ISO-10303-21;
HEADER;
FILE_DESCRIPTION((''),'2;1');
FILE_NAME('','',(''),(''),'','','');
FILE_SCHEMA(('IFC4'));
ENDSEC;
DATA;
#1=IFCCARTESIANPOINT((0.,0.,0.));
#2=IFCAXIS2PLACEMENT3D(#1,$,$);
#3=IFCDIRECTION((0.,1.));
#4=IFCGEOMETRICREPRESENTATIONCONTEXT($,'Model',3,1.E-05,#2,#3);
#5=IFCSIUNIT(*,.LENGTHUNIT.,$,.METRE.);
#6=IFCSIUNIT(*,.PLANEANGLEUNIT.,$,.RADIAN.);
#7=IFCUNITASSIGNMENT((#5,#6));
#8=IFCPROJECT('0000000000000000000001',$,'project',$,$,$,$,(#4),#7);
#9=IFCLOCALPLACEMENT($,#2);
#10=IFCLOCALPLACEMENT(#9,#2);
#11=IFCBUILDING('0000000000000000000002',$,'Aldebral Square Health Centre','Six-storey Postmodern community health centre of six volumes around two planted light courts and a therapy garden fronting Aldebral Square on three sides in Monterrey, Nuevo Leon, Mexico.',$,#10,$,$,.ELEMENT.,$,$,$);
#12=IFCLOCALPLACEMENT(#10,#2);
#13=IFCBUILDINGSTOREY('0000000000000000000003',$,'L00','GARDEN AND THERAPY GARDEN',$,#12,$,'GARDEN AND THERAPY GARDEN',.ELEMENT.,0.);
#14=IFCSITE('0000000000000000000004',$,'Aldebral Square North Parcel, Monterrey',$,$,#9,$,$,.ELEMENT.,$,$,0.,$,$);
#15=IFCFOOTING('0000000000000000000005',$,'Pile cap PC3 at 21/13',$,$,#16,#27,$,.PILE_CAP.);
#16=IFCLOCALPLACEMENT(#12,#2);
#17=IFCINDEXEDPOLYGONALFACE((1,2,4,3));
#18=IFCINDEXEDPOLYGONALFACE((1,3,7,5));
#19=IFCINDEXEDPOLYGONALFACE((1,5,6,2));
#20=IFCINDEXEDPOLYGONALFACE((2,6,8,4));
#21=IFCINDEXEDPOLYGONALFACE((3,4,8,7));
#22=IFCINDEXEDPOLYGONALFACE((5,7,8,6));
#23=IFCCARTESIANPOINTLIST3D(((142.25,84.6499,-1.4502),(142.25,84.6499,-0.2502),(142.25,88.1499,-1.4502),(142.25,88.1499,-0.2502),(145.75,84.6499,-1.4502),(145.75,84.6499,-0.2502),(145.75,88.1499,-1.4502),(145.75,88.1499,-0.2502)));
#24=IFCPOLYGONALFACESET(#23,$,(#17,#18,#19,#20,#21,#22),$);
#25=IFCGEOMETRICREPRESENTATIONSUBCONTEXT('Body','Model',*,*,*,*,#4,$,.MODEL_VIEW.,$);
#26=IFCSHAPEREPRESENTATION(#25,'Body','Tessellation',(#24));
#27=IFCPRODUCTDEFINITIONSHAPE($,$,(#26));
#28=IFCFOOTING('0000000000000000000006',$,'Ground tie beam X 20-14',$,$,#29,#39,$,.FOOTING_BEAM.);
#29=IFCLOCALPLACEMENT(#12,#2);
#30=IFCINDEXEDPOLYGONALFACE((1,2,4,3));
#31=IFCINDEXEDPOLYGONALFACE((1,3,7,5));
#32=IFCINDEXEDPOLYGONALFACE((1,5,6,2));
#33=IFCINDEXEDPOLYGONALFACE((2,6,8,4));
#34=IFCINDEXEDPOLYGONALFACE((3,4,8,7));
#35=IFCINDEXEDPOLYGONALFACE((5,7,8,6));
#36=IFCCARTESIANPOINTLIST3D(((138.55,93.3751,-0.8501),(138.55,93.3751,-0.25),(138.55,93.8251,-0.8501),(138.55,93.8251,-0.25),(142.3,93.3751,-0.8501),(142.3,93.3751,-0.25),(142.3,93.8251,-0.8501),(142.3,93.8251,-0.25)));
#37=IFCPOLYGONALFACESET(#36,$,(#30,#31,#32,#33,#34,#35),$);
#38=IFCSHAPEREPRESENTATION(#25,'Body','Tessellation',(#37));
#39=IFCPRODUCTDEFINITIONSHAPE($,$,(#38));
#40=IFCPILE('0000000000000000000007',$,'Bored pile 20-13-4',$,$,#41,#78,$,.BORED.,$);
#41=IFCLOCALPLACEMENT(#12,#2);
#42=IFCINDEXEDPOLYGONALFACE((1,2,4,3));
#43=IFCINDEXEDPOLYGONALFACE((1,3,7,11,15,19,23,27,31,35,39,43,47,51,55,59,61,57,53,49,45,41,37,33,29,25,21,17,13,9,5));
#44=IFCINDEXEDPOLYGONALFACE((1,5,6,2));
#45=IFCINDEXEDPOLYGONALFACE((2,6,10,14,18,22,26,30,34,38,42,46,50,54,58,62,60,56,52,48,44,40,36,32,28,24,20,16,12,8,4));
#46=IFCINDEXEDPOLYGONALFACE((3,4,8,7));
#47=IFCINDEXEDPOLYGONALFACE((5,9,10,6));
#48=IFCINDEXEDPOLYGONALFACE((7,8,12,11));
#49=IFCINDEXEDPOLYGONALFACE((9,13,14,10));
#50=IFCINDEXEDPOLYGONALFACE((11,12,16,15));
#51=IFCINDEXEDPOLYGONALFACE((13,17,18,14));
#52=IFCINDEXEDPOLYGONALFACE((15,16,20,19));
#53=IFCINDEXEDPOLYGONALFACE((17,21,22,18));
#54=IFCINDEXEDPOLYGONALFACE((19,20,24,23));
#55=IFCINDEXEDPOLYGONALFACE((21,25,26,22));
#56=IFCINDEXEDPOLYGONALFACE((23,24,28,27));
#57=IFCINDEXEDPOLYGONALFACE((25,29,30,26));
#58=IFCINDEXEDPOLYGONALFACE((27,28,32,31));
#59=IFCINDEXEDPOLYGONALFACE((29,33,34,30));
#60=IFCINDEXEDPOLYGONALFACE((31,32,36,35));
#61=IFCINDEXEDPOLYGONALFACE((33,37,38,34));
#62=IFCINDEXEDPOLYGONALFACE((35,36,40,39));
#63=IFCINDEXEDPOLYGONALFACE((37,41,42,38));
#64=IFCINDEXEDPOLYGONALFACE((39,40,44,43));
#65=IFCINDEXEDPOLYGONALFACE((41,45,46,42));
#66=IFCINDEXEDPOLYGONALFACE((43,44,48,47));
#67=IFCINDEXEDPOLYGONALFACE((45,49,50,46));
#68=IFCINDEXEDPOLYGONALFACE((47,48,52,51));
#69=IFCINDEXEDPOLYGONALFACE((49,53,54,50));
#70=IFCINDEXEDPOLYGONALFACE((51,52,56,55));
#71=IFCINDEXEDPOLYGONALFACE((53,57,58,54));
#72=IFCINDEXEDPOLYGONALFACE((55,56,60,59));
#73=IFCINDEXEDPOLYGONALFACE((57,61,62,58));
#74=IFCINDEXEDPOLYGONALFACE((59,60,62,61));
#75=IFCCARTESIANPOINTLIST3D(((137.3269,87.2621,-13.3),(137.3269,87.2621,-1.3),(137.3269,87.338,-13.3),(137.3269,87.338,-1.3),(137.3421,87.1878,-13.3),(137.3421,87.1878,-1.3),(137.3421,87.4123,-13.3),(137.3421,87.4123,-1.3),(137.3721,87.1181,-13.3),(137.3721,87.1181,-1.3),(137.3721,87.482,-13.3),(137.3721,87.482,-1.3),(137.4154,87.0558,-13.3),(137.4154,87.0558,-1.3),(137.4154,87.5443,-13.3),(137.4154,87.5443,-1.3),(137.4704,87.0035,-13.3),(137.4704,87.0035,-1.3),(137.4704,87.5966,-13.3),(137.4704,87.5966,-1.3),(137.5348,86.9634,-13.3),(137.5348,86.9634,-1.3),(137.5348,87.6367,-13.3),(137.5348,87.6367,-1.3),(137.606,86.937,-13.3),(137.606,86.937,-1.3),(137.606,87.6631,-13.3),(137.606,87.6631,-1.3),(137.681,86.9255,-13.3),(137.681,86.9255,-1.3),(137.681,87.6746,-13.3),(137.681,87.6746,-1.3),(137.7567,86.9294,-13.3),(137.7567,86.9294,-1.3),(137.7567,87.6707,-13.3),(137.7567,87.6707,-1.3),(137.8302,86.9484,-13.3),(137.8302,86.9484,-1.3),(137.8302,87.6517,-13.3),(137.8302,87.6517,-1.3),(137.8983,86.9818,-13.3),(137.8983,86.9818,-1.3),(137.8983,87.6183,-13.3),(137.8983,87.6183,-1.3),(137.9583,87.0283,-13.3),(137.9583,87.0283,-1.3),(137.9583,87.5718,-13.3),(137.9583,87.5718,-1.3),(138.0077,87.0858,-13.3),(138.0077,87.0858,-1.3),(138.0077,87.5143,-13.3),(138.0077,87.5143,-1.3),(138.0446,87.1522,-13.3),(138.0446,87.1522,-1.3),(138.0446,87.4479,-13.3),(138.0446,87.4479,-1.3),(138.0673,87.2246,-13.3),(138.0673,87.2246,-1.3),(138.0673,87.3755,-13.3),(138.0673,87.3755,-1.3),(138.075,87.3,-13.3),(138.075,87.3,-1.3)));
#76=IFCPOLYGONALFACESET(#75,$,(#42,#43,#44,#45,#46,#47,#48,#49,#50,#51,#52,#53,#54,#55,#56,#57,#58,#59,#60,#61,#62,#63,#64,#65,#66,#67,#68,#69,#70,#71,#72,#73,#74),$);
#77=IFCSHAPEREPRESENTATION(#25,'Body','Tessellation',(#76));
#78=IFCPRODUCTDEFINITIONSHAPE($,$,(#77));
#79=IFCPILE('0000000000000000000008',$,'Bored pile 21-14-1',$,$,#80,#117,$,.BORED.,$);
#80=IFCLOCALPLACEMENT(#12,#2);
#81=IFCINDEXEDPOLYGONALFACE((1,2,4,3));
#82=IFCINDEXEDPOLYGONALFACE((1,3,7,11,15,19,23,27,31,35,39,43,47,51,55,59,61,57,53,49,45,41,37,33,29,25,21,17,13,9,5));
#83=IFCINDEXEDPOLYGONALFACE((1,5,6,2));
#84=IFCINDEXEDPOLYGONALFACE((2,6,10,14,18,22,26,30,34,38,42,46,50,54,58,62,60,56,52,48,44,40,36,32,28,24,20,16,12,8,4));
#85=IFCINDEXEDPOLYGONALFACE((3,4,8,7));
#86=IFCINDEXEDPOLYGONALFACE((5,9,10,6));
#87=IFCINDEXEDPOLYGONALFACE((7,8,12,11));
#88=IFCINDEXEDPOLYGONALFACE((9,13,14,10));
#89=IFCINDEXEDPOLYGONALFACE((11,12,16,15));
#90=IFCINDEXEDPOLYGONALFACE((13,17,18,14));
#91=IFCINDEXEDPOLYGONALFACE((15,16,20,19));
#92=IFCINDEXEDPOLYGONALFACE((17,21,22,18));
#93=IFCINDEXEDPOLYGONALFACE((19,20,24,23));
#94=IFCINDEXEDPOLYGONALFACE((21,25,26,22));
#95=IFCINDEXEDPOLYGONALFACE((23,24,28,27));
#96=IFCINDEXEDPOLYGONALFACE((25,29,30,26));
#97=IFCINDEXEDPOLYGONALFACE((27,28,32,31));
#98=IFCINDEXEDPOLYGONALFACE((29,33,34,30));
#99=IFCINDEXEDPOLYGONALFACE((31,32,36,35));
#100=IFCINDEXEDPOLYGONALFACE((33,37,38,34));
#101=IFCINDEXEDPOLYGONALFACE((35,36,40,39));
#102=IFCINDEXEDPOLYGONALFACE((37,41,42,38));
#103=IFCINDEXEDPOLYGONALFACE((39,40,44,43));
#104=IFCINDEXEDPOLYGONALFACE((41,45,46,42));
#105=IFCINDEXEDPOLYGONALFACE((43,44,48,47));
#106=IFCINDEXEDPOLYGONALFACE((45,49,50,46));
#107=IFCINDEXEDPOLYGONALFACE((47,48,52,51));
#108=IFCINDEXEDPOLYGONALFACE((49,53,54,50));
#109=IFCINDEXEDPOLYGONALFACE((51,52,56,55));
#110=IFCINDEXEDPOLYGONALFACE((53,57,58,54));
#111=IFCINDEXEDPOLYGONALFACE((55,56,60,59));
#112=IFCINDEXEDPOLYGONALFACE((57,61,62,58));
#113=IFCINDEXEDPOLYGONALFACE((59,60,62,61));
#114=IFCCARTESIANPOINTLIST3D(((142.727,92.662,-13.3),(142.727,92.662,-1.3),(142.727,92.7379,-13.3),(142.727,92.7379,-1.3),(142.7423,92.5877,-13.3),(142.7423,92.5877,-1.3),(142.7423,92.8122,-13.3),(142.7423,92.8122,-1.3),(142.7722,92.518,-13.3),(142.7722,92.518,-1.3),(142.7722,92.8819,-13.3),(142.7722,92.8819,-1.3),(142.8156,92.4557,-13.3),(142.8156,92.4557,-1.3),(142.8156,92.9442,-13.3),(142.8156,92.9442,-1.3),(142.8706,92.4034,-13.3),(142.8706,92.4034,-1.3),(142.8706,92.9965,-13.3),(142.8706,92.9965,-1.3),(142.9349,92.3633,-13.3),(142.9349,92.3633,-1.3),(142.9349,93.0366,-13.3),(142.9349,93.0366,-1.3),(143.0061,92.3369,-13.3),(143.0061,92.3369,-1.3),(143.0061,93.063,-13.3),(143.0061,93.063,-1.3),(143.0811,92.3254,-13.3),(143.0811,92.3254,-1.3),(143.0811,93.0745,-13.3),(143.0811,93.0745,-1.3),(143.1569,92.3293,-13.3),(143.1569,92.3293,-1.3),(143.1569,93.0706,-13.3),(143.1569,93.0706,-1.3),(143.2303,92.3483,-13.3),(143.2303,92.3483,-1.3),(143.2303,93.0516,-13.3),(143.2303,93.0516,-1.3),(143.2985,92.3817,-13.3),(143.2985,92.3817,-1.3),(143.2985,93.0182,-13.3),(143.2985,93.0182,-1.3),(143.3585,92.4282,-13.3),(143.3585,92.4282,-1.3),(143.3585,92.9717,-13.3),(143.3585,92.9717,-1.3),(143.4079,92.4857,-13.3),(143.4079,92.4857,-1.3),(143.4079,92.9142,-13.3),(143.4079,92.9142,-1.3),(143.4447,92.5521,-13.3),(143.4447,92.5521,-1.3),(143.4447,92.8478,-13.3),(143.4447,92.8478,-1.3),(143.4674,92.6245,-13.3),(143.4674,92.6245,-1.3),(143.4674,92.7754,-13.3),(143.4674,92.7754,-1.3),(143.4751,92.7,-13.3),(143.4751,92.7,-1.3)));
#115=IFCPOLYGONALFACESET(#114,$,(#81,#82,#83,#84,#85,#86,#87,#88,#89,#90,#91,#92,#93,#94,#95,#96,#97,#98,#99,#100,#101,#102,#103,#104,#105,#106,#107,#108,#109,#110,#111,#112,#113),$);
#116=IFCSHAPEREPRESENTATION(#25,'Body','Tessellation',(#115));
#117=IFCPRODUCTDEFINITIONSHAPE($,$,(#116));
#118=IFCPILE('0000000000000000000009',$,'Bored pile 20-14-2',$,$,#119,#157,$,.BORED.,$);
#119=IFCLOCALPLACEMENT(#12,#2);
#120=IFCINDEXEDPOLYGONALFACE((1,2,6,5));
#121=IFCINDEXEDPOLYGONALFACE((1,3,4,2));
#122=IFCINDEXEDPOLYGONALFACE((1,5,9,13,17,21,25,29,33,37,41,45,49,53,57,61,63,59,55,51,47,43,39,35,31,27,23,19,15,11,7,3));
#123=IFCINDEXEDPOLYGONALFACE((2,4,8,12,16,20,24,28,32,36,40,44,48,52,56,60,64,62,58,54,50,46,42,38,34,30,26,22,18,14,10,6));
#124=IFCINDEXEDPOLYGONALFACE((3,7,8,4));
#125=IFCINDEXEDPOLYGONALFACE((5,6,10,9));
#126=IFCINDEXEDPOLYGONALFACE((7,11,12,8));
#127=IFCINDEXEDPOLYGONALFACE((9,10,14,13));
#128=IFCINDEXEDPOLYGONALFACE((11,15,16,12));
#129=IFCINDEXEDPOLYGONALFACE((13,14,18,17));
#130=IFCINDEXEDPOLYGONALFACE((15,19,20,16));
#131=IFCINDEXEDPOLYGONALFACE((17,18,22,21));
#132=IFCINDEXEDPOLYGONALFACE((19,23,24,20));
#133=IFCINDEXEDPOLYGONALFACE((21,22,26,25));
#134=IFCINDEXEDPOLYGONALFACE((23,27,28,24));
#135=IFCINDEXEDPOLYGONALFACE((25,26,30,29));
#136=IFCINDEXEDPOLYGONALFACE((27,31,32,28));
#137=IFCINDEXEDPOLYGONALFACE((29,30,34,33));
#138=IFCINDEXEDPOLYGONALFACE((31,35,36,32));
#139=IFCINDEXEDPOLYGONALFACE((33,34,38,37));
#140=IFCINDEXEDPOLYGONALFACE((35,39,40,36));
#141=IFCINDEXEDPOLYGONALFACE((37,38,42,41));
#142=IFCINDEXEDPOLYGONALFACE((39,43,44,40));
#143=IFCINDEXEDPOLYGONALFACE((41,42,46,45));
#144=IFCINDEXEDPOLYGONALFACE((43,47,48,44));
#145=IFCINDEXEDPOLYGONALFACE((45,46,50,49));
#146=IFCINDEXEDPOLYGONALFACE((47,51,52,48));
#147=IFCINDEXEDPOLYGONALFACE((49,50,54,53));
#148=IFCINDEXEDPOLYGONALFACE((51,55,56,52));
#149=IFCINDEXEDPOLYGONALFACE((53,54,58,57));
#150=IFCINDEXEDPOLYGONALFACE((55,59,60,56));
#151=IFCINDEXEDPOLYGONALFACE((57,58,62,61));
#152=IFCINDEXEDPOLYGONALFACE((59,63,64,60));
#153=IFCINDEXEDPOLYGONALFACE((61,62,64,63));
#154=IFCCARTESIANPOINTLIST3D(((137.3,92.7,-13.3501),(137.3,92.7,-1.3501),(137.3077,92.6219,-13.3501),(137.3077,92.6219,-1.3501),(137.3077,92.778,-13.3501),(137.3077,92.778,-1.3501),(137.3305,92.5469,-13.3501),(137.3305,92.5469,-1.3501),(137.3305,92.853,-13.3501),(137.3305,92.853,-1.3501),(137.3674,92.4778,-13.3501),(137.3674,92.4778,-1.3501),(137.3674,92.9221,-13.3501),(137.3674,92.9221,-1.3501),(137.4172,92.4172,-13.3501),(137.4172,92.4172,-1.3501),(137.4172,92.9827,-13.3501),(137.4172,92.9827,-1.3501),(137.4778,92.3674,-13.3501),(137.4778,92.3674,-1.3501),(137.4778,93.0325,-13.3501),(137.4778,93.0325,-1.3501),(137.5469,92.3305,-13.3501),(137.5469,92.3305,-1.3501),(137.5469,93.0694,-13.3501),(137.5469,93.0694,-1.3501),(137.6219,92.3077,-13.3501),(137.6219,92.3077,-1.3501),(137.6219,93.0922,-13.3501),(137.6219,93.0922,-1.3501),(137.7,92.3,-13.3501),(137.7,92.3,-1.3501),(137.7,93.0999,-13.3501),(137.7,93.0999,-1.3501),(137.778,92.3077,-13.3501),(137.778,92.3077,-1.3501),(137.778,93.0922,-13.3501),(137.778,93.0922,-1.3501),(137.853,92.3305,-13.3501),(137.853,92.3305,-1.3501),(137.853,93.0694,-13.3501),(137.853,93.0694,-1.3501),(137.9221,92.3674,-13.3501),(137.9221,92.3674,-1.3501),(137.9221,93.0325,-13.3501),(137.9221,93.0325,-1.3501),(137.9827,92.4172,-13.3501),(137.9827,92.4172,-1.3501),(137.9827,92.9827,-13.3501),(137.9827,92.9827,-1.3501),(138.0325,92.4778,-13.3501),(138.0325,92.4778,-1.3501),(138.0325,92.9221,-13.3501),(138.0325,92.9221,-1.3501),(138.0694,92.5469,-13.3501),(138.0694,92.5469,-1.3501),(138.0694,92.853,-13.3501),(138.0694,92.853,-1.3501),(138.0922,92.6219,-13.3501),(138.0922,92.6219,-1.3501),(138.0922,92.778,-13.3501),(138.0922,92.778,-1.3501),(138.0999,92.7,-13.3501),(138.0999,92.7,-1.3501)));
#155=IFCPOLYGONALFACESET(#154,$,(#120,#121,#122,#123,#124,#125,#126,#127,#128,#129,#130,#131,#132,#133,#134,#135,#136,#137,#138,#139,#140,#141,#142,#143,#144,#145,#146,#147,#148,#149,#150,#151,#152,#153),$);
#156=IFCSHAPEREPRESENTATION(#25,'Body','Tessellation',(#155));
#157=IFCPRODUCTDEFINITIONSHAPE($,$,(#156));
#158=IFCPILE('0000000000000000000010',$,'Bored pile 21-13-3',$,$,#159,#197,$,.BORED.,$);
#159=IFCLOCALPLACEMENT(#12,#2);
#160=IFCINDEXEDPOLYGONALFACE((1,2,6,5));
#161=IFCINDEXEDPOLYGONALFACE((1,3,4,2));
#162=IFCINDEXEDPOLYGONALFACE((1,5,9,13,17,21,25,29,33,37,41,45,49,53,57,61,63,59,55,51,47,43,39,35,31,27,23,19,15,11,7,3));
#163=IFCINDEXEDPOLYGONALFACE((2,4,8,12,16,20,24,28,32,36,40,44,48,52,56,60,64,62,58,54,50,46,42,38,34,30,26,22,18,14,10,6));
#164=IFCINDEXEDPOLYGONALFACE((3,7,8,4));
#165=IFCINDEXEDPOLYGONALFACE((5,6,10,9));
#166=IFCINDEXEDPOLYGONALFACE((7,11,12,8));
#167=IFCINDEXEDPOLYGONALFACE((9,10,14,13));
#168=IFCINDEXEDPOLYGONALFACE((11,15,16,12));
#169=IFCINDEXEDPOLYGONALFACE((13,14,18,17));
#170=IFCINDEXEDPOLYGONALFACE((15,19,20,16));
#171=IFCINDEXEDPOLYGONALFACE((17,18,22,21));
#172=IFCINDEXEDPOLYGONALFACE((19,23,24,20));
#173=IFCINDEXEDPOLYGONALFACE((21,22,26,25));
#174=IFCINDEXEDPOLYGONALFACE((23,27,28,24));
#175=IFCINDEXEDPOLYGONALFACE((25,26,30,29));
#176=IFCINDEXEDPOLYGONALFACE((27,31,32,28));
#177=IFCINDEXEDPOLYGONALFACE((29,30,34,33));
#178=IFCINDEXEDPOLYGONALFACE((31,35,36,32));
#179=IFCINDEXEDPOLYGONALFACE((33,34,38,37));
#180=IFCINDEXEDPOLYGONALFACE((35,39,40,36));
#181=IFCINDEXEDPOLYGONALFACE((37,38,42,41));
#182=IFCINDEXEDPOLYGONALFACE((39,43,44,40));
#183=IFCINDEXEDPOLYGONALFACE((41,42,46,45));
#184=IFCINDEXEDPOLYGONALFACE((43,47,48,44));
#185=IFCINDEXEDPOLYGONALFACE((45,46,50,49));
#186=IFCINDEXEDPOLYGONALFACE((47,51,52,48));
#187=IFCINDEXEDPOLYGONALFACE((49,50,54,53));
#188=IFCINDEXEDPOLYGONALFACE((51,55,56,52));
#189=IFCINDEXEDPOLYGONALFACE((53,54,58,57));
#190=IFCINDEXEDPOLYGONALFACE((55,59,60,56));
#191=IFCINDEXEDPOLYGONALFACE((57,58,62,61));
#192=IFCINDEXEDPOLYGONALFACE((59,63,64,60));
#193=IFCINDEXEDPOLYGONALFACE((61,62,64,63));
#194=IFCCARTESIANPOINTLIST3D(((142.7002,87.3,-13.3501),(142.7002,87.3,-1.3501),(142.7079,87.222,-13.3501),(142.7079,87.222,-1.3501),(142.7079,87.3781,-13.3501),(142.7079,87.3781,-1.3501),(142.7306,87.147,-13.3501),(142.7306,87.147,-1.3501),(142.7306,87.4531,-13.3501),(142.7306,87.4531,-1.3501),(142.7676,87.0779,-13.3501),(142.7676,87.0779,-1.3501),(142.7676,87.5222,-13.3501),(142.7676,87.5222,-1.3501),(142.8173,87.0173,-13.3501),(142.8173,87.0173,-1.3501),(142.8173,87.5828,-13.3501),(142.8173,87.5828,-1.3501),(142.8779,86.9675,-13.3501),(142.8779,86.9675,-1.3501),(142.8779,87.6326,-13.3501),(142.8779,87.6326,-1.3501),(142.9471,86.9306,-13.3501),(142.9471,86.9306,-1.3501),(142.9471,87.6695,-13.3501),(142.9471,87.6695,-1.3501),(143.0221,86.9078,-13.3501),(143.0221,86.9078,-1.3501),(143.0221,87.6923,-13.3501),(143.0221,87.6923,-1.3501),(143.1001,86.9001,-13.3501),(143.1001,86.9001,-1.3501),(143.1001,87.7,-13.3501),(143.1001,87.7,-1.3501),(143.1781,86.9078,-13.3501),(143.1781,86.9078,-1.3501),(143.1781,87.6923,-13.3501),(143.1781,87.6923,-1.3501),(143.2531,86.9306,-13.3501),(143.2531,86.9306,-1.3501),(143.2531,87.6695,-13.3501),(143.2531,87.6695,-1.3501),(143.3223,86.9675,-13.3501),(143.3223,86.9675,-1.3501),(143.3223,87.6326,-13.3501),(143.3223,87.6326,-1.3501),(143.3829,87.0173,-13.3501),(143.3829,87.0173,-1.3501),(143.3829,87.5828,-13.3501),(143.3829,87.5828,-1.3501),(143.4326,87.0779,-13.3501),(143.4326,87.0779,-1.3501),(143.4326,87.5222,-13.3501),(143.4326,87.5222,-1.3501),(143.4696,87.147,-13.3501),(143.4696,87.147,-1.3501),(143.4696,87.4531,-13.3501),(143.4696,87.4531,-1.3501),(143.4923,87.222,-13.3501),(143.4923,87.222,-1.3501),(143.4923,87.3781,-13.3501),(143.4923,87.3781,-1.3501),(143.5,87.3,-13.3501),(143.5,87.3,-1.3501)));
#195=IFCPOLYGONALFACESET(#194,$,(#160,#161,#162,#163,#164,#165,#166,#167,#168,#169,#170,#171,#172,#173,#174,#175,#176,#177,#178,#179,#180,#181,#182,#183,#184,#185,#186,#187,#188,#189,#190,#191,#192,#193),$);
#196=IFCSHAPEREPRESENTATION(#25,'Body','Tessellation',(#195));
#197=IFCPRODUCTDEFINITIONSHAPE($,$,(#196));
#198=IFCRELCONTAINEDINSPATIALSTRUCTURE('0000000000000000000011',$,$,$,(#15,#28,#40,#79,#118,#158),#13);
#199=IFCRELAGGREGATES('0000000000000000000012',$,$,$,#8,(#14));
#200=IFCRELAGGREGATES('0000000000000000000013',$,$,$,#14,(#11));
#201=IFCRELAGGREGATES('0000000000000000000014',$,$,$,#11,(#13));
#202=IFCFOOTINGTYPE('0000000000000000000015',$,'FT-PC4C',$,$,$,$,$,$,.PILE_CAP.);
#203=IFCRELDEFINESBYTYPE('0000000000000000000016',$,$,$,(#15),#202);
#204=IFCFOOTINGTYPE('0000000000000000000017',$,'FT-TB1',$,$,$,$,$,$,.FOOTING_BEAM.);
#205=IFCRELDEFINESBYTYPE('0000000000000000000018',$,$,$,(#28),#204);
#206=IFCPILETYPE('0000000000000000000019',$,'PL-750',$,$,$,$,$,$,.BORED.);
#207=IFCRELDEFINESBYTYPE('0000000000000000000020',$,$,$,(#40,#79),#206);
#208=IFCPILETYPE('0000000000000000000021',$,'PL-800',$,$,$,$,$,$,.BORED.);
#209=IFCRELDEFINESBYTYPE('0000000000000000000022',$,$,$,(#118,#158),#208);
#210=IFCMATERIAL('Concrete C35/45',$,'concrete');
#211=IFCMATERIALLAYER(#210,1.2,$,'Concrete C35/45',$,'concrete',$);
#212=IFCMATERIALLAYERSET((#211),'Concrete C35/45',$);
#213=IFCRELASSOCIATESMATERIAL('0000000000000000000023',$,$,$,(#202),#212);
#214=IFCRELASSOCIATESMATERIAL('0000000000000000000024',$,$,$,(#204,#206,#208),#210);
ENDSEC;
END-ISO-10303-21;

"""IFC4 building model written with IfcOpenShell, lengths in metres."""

from ifc_helpers import new_model, si_unit, direction, frame, origin, origin_2d, place, context, subcontext, project, spatial, rectangle, circle, extrude, material, layer, layer_set, material_profile, profile_set, type_object, element, save


model = new_model("IFC4")

# Units and contexts
model_context = context("Model", 3, precision=1e-05, world=origin(), true_north=direction((0.0, 1.0)))
body_context = subcontext(model_context, "Body", "Model", "MODEL_VIEW")
ifc_project = project(units=[si_unit("LENGTHUNIT", "METRE"), si_unit("PLANEANGLEUNIT", "RADIAN")], contexts=[model_context])

# Site, building, storey
site_placement = place(None, origin())
site = spatial("IfcSite", under=ifc_project, at=site_placement, Name="Aldebral Square North Parcel, Monterrey", CompositionType="ELEMENT", RefElevation=0.0)
building_placement = place(site_placement, origin())
building = spatial("IfcBuilding", under=site, at=building_placement, Name="Aldebral Square Health Centre", Description="Six-storey Postmodern community health centre of six volumes around two planted light courts and a therapy garden fronting Aldebral Square on three sides in Monterrey, Nuevo Leon, Mexico.", CompositionType="ELEMENT")
storey_placement = place(building_placement, origin())
storey = spatial("IfcBuildingStorey", under=building, at=storey_placement, Name="L00", Description="GARDEN AND THERAPY GARDEN", LongName="GARDEN AND THERAPY GARDEN", CompositionType="ELEMENT", Elevation=0.0)

# Footings
ifc_material_1 = material(Name="Concrete C35/45", Category="concrete")
ifc_layer_1 = layer(ifc_material_1, 1.2, Name="Concrete C35/45", Category="concrete")
ifc_layer_set_1 = layer_set([ifc_layer_1], Name="Concrete C35/45")
footing_type_1 = type_object("IfcFootingType", Name="FT-PC4C", PredefinedType="PILE_CAP", material=ifc_layer_set_1)
footing_1_placement = place(storey_placement, frame((144.0, 86.3999, -1.4502), z_axis=(0.0, 0.0, 1.0), x_axis=(1.0, 0.0, 0.0)))
element("IfcFooting", 1, at=footing_1_placement, inside=storey, type_object=footing_type_1, Name="Pile cap PC3 at 21/13", PredefinedType="PILE_CAP", context=body_context, shape_type="SweptSolid", body=[
    extrude(rectangle(XDim=3.5, YDim=3.5, at=origin_2d()), origin(), (0.0, 0.0, 1.0), 1.2),
])
ifc_material_profile_1 = material_profile(ifc_material_1, rectangle(XDim=0.45, YDim=0.6001, at=origin_2d()), Name="RC 450x600")
ifc_profile_set_1 = profile_set([ifc_material_profile_1], Name="Concrete C35/45")
footing_type_2 = type_object("IfcFootingType", Name="FT-TB1", PredefinedType="FOOTING_BEAM", material=ifc_profile_set_1)
footing_2_placement = place(storey_placement, frame((138.55, 93.6001, -0.55), z_axis=(1.0, 0.0, 0.0), x_axis=(0.0, 1.0, 0.0)))
element("IfcFooting", 2, at=footing_2_placement, inside=storey, type_object=footing_type_2, Name="Ground tie beam X 20-14", PredefinedType="FOOTING_BEAM", context=body_context, shape_type="SweptSolid", body=[
    extrude(rectangle(XDim=0.45, YDim=0.6001, at=origin_2d()), origin(), (0.0, 0.0, 1.0), 3.75),
])

# Piles
ifc_material_profile_2 = material_profile(ifc_material_1, circle(Radius=0.375, at=origin_2d()), Name="PILE D750")
ifc_profile_set_2 = profile_set([ifc_material_profile_2], Name="Concrete C35/45")
pile_type_1 = type_object("IfcPileType", Name="PL-750", PredefinedType="BORED", material=ifc_profile_set_2)
for number, where, z_axis, x_axis, name in (
    (3, (137.7, 87.3, -1.3), (0.0, 0.0, -1.0), (1.0, 0.0, 0.0), "Bored pile 20-13-4"),
    (4, (143.1001, 92.7, -1.3), (0.0, 0.0, -1.0), (1.0, 0.0, 0.0), "Bored pile 21-14-1"),
):
    element("IfcPile", number, at=place(storey_placement, frame(where, z_axis=z_axis, x_axis=x_axis)), inside=storey, type_object=pile_type_1, Name=name, PredefinedType="BORED", context=body_context, shape_type="SweptSolid", body=[
        extrude(circle(Radius=0.375, at=origin_2d()), origin(), (0.0, 0.0, 1.0), 12.0),
    ])
ifc_material_profile_3 = material_profile(ifc_material_1, circle(Radius=0.3999, at=origin_2d()), Name="PILE D800")
ifc_profile_set_3 = profile_set([ifc_material_profile_3], Name="Concrete C35/45")
pile_type_2 = type_object("IfcPileType", Name="PL-800", PredefinedType="BORED", material=ifc_profile_set_3)
for number, where, z_axis, x_axis, name in (
    (5, (137.7, 92.7, -1.3501), (0.0, 0.0, -1.0), (1.0, 0.0, 0.0), "Bored pile 20-14-2"),
    (6, (143.1001, 87.3, -1.3501), (0.0, 0.0, -1.0), (1.0, 0.0, 0.0), "Bored pile 21-13-3"),
):
    element("IfcPile", number, at=place(storey_placement, frame(where, z_axis=z_axis, x_axis=x_axis)), inside=storey, type_object=pile_type_2, Name=name, PredefinedType="BORED", context=body_context, shape_type="SweptSolid", body=[
        extrude(circle(Radius=0.3999, at=origin_2d()), origin(), (0.0, 0.0, 1.0), 12.0),
    ])

save(model, "model.ifc")
